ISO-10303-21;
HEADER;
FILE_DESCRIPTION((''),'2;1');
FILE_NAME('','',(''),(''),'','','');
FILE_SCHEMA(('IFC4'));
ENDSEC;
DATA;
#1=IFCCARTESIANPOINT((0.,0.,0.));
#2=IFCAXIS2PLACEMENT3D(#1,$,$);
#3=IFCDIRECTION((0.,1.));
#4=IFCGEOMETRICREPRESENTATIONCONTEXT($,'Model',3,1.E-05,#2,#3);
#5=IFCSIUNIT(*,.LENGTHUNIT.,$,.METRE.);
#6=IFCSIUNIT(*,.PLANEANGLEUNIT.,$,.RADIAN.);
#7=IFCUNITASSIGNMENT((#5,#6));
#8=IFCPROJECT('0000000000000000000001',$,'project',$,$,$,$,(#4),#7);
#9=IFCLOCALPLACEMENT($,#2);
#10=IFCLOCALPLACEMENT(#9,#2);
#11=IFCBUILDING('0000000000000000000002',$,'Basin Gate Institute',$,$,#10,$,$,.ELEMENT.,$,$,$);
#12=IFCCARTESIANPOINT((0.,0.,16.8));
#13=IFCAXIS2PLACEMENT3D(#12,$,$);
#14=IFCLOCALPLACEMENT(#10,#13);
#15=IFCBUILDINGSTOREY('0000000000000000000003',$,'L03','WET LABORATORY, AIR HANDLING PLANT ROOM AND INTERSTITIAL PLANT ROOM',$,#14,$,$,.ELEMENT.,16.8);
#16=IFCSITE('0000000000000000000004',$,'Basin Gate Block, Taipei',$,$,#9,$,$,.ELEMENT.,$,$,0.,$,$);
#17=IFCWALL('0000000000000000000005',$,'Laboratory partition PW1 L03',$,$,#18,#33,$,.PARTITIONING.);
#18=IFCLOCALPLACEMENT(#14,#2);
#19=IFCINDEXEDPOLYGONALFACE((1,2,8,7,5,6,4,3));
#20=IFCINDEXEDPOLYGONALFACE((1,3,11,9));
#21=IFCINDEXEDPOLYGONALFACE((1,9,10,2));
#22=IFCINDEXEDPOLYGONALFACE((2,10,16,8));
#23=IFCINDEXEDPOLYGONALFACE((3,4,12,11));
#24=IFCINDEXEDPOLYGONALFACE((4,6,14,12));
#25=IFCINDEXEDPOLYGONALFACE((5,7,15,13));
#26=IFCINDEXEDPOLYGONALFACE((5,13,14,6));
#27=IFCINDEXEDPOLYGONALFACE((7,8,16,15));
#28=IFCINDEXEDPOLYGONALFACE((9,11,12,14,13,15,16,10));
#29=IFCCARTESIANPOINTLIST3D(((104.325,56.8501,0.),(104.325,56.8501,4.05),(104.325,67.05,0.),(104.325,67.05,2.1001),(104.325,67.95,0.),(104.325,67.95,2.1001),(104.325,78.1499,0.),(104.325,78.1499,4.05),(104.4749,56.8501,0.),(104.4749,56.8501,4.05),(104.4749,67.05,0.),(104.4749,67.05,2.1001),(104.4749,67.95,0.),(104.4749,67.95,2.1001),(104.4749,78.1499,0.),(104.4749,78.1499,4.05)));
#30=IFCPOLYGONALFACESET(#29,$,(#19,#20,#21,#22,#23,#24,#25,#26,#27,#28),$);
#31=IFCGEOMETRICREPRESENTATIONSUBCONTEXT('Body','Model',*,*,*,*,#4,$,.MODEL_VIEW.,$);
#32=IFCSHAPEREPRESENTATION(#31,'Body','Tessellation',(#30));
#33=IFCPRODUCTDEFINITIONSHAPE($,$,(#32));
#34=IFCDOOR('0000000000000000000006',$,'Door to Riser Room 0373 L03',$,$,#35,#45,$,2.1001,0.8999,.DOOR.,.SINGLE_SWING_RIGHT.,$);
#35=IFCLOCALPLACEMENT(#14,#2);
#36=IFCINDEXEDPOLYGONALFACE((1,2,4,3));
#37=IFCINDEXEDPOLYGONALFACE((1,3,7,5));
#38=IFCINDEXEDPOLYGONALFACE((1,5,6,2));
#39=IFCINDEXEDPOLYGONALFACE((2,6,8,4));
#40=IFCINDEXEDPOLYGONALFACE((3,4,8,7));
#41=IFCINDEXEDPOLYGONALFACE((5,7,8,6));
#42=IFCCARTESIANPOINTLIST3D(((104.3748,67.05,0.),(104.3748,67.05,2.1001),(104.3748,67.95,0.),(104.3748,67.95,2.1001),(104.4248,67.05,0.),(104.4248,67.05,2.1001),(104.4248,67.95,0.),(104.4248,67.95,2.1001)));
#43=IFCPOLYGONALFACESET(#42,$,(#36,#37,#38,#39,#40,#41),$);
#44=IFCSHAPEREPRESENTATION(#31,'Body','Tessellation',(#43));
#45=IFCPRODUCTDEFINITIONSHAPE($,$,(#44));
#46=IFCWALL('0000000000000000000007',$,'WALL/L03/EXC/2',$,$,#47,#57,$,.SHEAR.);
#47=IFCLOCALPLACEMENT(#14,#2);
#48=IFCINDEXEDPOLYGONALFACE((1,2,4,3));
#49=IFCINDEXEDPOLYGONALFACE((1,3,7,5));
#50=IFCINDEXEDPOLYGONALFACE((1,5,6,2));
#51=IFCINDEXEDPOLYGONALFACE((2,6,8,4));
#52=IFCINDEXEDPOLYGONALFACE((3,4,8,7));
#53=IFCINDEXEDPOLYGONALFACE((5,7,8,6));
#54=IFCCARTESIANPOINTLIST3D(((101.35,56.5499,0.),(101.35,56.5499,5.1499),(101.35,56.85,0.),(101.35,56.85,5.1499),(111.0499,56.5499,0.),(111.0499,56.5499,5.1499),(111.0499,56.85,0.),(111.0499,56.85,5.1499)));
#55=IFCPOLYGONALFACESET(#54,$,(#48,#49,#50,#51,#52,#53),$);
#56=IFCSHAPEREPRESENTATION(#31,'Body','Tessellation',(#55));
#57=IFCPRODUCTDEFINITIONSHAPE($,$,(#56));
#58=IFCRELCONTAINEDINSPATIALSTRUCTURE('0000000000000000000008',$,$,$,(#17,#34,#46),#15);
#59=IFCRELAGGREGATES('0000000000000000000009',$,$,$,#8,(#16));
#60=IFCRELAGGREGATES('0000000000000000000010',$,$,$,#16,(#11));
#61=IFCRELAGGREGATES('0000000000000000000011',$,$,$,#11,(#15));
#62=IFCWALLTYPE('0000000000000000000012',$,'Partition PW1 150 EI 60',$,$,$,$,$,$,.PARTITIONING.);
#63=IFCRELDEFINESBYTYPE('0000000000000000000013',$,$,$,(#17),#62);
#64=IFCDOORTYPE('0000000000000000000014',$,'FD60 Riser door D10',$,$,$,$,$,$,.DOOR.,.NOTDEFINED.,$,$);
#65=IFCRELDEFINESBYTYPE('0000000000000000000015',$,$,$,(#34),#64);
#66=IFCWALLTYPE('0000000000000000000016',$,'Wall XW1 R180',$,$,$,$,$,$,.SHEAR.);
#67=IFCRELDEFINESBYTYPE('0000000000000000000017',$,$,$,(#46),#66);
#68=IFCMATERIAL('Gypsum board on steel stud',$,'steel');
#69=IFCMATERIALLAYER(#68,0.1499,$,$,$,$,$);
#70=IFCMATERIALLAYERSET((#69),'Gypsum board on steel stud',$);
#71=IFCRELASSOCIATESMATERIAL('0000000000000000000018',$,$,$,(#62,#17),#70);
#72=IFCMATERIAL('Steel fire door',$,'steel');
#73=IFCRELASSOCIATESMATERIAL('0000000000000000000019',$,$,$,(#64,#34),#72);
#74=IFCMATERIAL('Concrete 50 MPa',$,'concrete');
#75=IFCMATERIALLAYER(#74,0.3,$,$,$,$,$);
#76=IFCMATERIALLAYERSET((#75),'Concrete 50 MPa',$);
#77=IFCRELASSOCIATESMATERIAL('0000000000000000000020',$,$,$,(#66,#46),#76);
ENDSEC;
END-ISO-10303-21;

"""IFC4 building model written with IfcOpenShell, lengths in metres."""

from ifc_helpers import new_model, si_unit, direction, frame, frame_2d, origin, place, context, subcontext, project, spatial, rectangle, extrude, material, layer, layer_set, type_object, element, fill, save


model = new_model("IFC4")

# Units and contexts
model_context = context("Model", 3, precision=1e-05, world=origin(), true_north=direction((0.0, 1.0)))
body_context = subcontext(model_context, "Body", "Model", "MODEL_VIEW")
ifc_project = project(units=[si_unit("LENGTHUNIT", "METRE"), si_unit("PLANEANGLEUNIT", "RADIAN")], contexts=[model_context])

# Site, building, storey
site_placement = place(None, origin())
site = spatial("IfcSite", under=ifc_project, at=site_placement, Name="Basin Gate Block, Taipei", CompositionType="ELEMENT", RefElevation=0.0)
building_placement = place(site_placement, origin())
building = spatial("IfcBuilding", under=site, at=building_placement, Name="Basin Gate Institute", CompositionType="ELEMENT")
storey_placement = place(building_placement, frame((0.0, 0.0, 16.8)))
storey = spatial("IfcBuildingStorey", under=building, at=storey_placement, Name="L03", Description="WET LABORATORY, AIR HANDLING PLANT ROOM AND INTERSTITIAL PLANT ROOM", CompositionType="ELEMENT", Elevation=16.8)

# Wall, opening, door
ifc_material_1 = material(Name="Gypsum board on steel stud", Category="steel")
ifc_layer_1 = layer(ifc_material_1, 0.1499)
ifc_layer_set_1 = layer_set([ifc_layer_1], Name="Gypsum board on steel stud")
wall_type_1 = type_object("IfcWallType", Name="Partition PW1 150 EI 60", PredefinedType="PARTITIONING", material=ifc_layer_set_1)
wall_1_placement = place(storey_placement, frame((104.3999, 56.8501, 0.0), z_axis=(0.0, 0.0, 1.0), x_axis=(0.0, 1.0, 0.0)))
wall_1 = element("IfcWall", 1, at=wall_1_placement, inside=storey, type_object=wall_type_1, material=ifc_layer_set_1, Name="Laboratory partition PW1 L03", PredefinedType="PARTITIONING", context=body_context, shape_type="SweptSolid", body=[
    extrude(rectangle(XDim=21.2998, YDim=0.1499, at=frame_2d((10.6499, 0.0))), origin(), (0.0, 0.0, 1.0), 4.05),
])
opening_placement = place(wall_1_placement, frame((10.2, 0.0, 0.0)))
opening = element("IfcOpeningElement", 2, at=opening_placement, cuts=wall_1, PredefinedType="OPENING", context=body_context, shape_type="SweptSolid", body=[
    extrude(rectangle(XDim=0.8999, YDim=2.1001, at=frame_2d((0.45, 1.05))), frame((0.0, 0.085, 0.0), z_axis=(0.0, -1.0, 0.0), x_axis=(1.0, 0.0, 0.0)), (0.0, 0.0, 1.0), 0.1699),
])
ifc_material_2 = material(Name="Steel fire door", Category="steel")
door_type = type_object("IfcDoorType", Name="FD60 Riser door D10", OperationType="NOTDEFINED", PredefinedType="DOOR", material=ifc_material_2)
door_placement = place(opening_placement, frame((0.8999, 0.0, 0.0), z_axis=(0.0, 0.0, 1.0), x_axis=(-1.0, 0.0, 0.0)))
door = element("IfcDoor", 3, at=door_placement, inside=storey, type_object=door_type, material=ifc_material_2, Name="Door to Riser Room 0373 L03", OperationType="SINGLE_SWING_RIGHT", OverallHeight=2.1001, OverallWidth=0.8999, PredefinedType="DOOR", context=body_context, shape_type="SweptSolid", body=[
    extrude(rectangle(XDim=0.8999, YDim=2.1001, at=frame_2d((0.45, 1.05))), frame((0.0, 0.0249, 0.0), z_axis=(0.0, -1.0, 0.0), x_axis=(1.0, 0.0, 0.0)), (0.0, 0.0, 1.0), 0.05),
])
fill(opening, door)

# Wall
ifc_material_3 = material(Name="Concrete 50 MPa", Category="concrete")
ifc_layer_2 = layer(ifc_material_3, 0.3)
ifc_layer_set_2 = layer_set([ifc_layer_2], Name="Concrete 50 MPa")
wall_type_2 = type_object("IfcWallType", Name="Wall XW1 R180", PredefinedType="SHEAR", material=ifc_layer_set_2)
wall_2_placement = place(storey_placement, frame((111.05, 56.7, 0.0), z_axis=(0.0, 0.0, 1.0), x_axis=(-1.0, 0.0, 0.0)))
element("IfcWall", 4, at=wall_2_placement, inside=storey, type_object=wall_type_2, material=ifc_layer_set_2, Name="WALL/L03/EXC/2", PredefinedType="SHEAR", context=body_context, shape_type="SweptSolid", body=[
    extrude(rectangle(XDim=9.7, YDim=0.3, at=frame_2d((4.8501, 0.0))), origin(), (0.0, 0.0, 1.0), 5.1499),
])

save(model, "model.ifc")
